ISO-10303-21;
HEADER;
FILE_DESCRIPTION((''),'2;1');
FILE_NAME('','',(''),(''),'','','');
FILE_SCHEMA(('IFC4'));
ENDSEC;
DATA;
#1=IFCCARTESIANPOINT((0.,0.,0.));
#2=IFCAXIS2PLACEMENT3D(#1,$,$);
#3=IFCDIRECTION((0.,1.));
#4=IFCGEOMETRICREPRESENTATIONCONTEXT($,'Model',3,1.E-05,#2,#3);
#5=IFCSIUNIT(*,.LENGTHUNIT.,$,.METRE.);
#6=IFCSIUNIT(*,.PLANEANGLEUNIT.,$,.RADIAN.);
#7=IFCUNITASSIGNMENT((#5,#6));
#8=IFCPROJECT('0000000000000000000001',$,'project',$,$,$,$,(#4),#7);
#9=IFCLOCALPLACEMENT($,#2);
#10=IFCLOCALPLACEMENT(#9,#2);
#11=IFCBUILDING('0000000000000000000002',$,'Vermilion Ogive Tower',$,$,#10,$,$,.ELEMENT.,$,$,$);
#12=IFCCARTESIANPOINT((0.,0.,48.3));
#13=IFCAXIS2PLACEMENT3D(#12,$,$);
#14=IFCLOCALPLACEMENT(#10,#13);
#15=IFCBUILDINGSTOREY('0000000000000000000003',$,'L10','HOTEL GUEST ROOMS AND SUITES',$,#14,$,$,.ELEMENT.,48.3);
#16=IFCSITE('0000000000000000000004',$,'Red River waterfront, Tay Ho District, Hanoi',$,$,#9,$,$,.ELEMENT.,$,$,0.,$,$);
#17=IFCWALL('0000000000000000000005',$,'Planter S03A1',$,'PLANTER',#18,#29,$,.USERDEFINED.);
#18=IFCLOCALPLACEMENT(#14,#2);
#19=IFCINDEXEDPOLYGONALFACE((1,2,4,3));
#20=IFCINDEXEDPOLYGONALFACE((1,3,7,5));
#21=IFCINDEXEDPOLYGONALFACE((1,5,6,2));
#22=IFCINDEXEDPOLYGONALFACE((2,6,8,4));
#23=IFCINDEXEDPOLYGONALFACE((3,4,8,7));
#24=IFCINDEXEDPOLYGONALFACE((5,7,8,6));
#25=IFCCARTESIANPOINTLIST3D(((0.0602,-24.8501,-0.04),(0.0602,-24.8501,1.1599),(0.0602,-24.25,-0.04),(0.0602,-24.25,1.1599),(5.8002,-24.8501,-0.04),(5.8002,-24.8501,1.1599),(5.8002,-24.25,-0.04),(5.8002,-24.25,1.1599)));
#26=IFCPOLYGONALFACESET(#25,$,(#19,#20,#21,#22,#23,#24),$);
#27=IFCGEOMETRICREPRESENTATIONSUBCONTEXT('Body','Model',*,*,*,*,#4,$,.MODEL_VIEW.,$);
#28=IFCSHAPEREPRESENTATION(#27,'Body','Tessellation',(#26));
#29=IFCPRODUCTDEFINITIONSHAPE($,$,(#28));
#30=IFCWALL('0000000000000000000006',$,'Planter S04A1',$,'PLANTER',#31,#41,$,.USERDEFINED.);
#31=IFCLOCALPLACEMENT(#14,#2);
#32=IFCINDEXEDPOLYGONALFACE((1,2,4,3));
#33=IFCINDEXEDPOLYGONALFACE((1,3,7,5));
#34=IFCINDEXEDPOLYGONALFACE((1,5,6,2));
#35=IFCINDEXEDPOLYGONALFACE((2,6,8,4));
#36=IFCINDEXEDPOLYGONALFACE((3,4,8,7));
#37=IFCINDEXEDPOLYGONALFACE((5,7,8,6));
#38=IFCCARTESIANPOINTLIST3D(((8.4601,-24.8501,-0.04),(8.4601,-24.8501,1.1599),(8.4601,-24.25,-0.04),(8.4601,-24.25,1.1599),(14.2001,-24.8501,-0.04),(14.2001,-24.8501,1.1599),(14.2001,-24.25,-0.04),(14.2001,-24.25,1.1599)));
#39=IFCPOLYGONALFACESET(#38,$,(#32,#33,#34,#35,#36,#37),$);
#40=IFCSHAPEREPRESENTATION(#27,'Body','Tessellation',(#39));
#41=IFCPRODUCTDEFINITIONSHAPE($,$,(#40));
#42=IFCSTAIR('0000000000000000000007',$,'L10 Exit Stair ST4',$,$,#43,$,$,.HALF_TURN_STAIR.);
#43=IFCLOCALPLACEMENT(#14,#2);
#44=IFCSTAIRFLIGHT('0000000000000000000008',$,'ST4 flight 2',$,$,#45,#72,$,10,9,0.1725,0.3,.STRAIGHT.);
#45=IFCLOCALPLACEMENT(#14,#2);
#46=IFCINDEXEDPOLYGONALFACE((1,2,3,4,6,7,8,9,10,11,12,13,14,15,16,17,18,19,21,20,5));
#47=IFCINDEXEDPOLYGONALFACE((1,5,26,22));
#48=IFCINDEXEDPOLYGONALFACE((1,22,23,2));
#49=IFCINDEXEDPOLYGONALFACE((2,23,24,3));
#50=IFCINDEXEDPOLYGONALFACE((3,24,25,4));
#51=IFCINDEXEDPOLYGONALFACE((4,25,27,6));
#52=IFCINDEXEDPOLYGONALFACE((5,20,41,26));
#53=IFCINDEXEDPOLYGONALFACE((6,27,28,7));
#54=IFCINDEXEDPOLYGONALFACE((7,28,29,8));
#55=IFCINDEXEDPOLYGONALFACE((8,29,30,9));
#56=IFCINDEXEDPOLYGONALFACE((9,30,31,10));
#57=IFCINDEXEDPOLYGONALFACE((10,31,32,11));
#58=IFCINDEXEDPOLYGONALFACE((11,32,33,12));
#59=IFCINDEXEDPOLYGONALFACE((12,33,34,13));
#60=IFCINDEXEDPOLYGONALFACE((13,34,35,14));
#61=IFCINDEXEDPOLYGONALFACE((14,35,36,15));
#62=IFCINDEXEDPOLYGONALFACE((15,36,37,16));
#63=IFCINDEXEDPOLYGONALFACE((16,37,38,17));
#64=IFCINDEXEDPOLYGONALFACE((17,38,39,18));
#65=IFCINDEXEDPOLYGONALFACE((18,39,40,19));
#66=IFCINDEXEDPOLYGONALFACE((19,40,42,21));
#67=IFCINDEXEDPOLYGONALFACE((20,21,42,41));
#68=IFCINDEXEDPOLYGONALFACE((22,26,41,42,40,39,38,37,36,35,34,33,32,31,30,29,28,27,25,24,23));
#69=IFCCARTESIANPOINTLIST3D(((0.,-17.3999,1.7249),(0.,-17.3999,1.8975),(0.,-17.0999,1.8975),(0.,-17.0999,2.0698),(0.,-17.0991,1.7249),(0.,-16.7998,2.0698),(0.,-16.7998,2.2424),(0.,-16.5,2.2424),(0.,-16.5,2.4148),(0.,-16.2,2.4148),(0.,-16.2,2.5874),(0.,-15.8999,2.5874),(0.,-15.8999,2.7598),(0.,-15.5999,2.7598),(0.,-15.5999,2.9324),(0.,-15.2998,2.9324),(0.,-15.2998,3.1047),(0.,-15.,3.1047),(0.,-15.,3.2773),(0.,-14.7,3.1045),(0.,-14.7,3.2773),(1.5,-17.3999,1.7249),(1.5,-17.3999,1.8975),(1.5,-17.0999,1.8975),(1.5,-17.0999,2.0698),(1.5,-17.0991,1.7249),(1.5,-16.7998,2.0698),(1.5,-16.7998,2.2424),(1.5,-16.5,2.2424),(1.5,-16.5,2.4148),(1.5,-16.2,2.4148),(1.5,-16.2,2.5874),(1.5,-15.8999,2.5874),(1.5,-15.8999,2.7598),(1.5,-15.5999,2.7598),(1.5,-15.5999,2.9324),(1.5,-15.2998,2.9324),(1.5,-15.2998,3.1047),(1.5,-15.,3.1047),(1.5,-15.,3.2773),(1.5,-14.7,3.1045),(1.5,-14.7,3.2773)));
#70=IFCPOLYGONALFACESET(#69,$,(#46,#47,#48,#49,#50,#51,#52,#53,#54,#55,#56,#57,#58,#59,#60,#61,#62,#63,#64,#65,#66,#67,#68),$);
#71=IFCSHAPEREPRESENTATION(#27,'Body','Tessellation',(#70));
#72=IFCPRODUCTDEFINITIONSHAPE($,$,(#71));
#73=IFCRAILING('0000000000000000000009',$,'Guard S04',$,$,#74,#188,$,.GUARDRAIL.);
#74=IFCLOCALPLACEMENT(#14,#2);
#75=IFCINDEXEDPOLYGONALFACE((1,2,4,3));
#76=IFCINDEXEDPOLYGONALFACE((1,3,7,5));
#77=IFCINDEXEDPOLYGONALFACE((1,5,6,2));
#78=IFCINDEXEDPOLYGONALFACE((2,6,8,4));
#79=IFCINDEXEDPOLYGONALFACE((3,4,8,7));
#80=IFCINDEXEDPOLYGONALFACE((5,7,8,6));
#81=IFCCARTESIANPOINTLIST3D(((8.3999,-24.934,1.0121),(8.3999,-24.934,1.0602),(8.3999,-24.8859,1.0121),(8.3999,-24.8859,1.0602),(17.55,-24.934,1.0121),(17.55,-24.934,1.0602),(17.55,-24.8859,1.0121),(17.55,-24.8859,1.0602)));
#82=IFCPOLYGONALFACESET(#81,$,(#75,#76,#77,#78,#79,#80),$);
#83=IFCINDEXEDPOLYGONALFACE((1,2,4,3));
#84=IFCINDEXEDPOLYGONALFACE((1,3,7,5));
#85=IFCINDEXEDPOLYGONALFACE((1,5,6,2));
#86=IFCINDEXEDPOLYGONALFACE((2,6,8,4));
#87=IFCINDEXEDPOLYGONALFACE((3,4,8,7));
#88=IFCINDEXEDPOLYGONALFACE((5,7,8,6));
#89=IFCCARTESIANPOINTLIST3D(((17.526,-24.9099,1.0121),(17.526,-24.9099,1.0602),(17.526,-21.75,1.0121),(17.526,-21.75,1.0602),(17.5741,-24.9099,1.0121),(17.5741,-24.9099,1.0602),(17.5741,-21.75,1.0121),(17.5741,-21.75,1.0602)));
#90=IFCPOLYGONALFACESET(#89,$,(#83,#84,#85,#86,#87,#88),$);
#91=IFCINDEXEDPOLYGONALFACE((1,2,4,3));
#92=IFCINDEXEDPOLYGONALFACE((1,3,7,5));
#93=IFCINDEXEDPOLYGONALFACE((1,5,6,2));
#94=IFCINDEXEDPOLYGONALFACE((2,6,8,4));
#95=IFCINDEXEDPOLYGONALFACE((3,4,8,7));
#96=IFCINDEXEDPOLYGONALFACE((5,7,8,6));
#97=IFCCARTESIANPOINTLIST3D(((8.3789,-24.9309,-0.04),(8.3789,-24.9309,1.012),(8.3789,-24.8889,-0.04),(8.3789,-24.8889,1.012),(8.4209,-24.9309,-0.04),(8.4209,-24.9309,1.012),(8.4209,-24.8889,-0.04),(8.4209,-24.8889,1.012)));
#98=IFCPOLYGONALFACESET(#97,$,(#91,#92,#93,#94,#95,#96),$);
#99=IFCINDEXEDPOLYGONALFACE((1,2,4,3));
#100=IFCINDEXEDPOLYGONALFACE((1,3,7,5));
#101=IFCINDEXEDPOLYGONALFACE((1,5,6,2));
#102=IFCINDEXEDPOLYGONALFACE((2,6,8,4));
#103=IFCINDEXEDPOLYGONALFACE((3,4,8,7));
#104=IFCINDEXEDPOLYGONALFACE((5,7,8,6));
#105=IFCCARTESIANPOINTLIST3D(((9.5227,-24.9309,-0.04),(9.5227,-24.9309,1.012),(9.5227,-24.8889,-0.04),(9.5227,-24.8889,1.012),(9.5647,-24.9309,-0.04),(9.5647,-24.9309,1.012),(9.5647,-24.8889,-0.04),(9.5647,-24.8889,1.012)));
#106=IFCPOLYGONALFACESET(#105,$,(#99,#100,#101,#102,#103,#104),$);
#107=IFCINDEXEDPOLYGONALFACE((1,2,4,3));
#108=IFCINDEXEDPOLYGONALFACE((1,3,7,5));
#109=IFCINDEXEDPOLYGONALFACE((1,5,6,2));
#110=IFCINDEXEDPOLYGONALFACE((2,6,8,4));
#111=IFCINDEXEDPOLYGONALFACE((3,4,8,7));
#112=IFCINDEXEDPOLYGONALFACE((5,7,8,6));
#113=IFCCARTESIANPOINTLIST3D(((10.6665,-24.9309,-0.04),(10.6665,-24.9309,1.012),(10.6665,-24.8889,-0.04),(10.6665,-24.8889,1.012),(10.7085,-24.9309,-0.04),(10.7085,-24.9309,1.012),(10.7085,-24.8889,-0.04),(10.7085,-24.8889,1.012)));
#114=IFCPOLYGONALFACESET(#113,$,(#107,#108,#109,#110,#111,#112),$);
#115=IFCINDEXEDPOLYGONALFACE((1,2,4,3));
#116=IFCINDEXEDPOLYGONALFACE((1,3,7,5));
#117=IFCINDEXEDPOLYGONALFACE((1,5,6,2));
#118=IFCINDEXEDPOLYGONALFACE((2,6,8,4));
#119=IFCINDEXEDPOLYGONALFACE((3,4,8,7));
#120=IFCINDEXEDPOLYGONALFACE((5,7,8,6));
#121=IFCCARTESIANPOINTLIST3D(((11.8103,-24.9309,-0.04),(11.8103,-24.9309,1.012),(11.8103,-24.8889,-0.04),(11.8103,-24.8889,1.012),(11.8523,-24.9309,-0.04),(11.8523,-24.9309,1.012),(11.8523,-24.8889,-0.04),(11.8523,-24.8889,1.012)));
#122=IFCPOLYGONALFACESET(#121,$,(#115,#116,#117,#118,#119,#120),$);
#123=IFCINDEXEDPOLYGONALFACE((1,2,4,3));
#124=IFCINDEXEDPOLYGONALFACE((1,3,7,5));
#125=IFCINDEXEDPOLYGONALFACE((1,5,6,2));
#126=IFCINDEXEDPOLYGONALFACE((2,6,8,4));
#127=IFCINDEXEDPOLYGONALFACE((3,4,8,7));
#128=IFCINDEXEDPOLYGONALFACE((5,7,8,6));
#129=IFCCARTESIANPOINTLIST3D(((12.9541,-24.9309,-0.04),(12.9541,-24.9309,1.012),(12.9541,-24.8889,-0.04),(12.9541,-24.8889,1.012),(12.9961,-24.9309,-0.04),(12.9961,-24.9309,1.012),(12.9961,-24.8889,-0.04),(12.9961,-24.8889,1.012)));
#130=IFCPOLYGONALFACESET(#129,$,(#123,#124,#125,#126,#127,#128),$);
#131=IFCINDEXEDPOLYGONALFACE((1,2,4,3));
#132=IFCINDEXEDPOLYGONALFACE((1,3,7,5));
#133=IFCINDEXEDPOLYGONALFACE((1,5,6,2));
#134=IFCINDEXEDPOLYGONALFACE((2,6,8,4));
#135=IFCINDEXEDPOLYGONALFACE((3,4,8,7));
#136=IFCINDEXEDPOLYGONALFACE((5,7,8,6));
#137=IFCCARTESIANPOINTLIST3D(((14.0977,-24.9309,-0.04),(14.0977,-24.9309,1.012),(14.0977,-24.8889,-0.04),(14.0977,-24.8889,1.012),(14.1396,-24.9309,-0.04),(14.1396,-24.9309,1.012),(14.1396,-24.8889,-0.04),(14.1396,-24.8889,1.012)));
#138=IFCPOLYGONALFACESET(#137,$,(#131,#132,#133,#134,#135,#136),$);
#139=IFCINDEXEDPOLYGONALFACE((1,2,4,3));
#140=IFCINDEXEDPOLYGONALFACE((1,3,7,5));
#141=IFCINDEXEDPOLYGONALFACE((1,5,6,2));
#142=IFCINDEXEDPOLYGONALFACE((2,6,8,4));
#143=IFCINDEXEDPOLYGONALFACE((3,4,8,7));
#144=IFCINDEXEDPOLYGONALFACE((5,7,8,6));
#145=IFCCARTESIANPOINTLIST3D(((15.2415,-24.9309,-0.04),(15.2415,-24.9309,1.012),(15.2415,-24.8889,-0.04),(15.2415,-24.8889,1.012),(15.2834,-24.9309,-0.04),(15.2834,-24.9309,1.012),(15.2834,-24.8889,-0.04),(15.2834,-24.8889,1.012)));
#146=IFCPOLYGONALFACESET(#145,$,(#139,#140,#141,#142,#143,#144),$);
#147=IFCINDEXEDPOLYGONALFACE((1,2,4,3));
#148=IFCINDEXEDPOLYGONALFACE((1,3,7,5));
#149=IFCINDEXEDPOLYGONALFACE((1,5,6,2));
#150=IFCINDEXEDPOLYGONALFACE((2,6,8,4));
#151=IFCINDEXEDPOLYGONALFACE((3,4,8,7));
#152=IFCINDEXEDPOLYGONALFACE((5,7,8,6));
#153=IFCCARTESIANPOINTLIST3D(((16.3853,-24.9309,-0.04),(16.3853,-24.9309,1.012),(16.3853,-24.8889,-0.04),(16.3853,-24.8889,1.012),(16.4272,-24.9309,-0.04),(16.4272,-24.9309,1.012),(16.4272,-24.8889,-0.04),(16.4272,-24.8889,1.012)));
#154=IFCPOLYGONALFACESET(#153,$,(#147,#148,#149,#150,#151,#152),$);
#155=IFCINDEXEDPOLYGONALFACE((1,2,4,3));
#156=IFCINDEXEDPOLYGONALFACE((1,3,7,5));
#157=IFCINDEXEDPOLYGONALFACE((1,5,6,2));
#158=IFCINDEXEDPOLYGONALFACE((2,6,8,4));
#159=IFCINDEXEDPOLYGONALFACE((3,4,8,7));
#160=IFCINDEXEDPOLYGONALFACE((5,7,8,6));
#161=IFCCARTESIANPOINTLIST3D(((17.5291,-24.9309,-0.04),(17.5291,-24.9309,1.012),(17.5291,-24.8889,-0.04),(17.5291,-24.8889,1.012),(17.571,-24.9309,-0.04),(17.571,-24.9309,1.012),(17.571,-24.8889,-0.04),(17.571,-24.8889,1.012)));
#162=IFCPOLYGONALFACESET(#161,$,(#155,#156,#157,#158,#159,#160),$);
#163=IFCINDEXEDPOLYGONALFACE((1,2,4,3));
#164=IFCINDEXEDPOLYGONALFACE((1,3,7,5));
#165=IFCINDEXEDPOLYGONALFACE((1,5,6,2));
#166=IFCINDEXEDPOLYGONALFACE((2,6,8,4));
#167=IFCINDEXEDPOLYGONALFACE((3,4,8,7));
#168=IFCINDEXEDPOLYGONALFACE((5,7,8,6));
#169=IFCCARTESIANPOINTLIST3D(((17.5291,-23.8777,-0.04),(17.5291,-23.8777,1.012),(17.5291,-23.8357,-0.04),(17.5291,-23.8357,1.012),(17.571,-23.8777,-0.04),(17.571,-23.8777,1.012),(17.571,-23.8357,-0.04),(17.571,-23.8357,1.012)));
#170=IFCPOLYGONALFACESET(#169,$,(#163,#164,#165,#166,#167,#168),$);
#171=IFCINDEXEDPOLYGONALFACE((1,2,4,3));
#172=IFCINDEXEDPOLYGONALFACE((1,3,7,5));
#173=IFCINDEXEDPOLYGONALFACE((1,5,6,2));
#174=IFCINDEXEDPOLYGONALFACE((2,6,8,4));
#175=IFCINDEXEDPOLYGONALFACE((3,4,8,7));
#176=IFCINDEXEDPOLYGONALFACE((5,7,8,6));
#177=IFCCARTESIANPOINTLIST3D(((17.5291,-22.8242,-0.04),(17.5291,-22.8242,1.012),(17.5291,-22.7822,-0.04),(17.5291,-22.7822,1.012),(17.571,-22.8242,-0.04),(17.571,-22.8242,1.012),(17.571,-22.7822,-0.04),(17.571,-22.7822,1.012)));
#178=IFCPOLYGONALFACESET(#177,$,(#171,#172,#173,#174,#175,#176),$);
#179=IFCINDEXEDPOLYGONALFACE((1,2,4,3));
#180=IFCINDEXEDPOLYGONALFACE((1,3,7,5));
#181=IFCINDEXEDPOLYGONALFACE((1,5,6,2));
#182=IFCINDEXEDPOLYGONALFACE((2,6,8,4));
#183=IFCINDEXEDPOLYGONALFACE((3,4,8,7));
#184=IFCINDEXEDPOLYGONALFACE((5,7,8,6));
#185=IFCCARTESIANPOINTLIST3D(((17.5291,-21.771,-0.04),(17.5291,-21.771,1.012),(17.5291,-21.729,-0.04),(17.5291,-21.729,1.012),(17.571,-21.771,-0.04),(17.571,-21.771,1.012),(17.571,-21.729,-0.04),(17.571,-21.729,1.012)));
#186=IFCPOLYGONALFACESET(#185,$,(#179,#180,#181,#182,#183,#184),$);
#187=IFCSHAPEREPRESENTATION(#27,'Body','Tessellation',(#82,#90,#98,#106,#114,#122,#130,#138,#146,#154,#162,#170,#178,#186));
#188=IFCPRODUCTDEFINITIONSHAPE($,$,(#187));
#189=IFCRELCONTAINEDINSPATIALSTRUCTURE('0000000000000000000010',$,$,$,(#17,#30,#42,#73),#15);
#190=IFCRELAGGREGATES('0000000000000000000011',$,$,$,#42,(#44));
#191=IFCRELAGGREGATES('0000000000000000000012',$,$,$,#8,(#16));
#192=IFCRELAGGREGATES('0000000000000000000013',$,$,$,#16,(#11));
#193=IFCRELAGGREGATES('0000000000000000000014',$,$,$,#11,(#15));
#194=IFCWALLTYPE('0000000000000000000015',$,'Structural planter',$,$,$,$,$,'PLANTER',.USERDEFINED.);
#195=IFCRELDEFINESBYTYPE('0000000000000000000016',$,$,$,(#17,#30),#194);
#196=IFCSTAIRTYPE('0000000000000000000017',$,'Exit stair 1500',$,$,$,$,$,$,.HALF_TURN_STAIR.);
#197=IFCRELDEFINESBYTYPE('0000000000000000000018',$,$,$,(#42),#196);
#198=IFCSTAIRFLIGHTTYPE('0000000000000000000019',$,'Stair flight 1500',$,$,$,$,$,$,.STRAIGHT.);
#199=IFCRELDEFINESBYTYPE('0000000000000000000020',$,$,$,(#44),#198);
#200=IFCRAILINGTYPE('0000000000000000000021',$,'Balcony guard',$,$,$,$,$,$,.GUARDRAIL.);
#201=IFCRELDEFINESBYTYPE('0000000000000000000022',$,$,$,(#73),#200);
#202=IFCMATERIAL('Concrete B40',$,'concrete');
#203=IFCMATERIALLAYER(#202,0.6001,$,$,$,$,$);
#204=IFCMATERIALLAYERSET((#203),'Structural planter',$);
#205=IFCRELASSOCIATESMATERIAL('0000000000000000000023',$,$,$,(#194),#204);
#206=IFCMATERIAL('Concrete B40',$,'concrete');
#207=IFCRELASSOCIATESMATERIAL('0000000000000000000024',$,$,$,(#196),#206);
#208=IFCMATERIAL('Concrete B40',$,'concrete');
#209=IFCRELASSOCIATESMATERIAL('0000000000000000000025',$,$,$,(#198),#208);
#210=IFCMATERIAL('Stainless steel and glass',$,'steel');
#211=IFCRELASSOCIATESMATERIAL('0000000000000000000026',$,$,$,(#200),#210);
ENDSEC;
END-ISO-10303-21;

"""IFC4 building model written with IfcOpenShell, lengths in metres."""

from ifc_helpers import new_model, si_unit, direction, frame, frame_2d, origin, origin_2d, place, context, subcontext, project, spatial, polyline, rectangle, outline, extrude, material, layer, layer_set, type_object, element, aggregate, save


model = new_model("IFC4")

# Units and contexts
model_context = context("Model", 3, precision=1e-05, world=origin(), true_north=direction((0.0, 1.0)))
body_context = subcontext(model_context, "Body", "Model", "MODEL_VIEW")
ifc_project = project(units=[si_unit("LENGTHUNIT", "METRE"), si_unit("PLANEANGLEUNIT", "RADIAN")], contexts=[model_context])

# Site, building, storey
site_placement = place(None, origin())
site = spatial("IfcSite", under=ifc_project, at=site_placement, Name="Red River waterfront, Tay Ho District, Hanoi", CompositionType="ELEMENT", RefElevation=0.0)
building_placement = place(site_placement, origin())
building = spatial("IfcBuilding", under=site, at=building_placement, Name="Vermilion Ogive Tower", CompositionType="ELEMENT")
storey_placement = place(building_placement, frame((0.0, 0.0, 48.3)))
storey = spatial("IfcBuildingStorey", under=building, at=storey_placement, Name="L10", Description="HOTEL GUEST ROOMS AND SUITES", CompositionType="ELEMENT", Elevation=48.3)

# Walls
ifc_material_1 = material(Name="Concrete B40", Category="concrete")
ifc_layer_1 = layer(ifc_material_1, 0.6001)
ifc_layer_set_1 = layer_set([ifc_layer_1], Name="Structural planter")
wall_type_1 = type_object("IfcWallType", Name="Structural planter", ElementType="PLANTER", PredefinedType="USERDEFINED", material=ifc_layer_set_1)
for number, where, z_axis, x_axis, name in (
    (1, (0.0601, -24.55, -0.04), (0.0, 0.0, 1.0), (1.0, 0.0, 0.0), "Planter S03A1"),
    (2, (8.46, -24.55, -0.04), (0.0, 0.0, 1.0), (1.0, 0.0, 0.0), "Planter S04A1"),
):
    element("IfcWall", number, at=place(storey_placement, frame(where, z_axis=z_axis, x_axis=x_axis)), inside=storey, type_object=wall_type_1, Name=name, ObjectType="PLANTER", PredefinedType="USERDEFINED", context=body_context, shape_type="SweptSolid", body=[
        extrude(rectangle(XDim=5.74, YDim=0.6001, at=frame_2d((2.8701, 0.0))), origin(), (0.0, 0.0, 1.0), 1.2),
    ])

# Stair, stair flight
ifc_material_2 = material(Name="Concrete B40", Category="concrete")
stair_type = type_object("IfcStairType", Name="Exit stair 1500", PredefinedType="HALF_TURN_STAIR", material=ifc_material_2)
stair_placement = place(storey_placement, origin())
stair = element("IfcStair", 3, at=stair_placement, inside=storey, type_object=stair_type, Name="L10 Exit Stair ST4", PredefinedType="HALF_TURN_STAIR")
ifc_material_3 = material(Name="Concrete B40", Category="concrete")
stair_flight_type = type_object("IfcStairFlightType", Name="Stair flight 1500", PredefinedType="STRAIGHT", material=ifc_material_3)
stair_flight_placement = place(storey_placement, frame((0.75, -17.3999, 1.7249), z_axis=(0.0, 0.0, 1.0), x_axis=(0.0, 1.0, 0.0)))
stair_flight = element("IfcStairFlight", 4, at=stair_flight_placement, type_object=stair_flight_type, Name="ST4 flight 2", NumberOfRisers=10, NumberOfTreads=9, PredefinedType="STRAIGHT", RiserHeight=0.1725, TreadLength=0.3, context=body_context, shape_type="SweptSolid", body=[
    extrude(outline(polyline([(0.0, 0.0), (0.0, 0.1726), (0.3, 0.1726), (0.3, 0.345), (0.6001, 0.345), (0.6001, 0.5176), (0.8999, 0.5176), (0.8999, 0.6899), (1.2, 0.6899), (1.2, 0.8625), (1.5, 0.8625), (1.5, 1.0349), (1.8, 1.0349), (1.8, 1.2075), (2.1001, 1.2075), (2.1001, 1.3799), (2.3999, 1.3799), (2.3999, 1.5525), (2.7, 1.5525), (2.7, 1.7251), (2.7, 1.3796), (0.3008, 0.0), (0.0, 0.0)])), frame((0.0, 0.75, 0.0), z_axis=(0.0, -1.0, 0.0), x_axis=(1.0, 0.0, 0.0)), (0.0, 0.0, 1.0), 1.5),
])
aggregate(stair, [stair_flight])

# Railing
ifc_material_4 = material(Name="Stainless steel and glass", Category="steel")
railing_type_1 = type_object("IfcRailingType", Name="Balcony guard", PredefinedType="GUARDRAIL", material=ifc_material_4)
railing_1_placement = place(storey_placement, frame((8.3999, -24.9099, -0.04)))
element("IfcRailing", 5, at=railing_1_placement, inside=storey, type_object=railing_type_1, Name="Guard S04", PredefinedType="GUARDRAIL", context=body_context, shape_type="SweptSolid", body=[
    extrude(rectangle(XDim=0.0481, YDim=0.0481, at=origin_2d()), frame((0.0, 0.0, 1.0762), z_axis=(1.0, 0.0, 0.0), x_axis=(0.0, 1.0, 0.0)), (0.0, 0.0, 1.0), 9.1501),
    extrude(rectangle(XDim=0.0481, YDim=0.0481, at=origin_2d()), frame((9.1501, 0.0, 1.0762), z_axis=(0.0, 1.0, 0.0), x_axis=(-1.0, 0.0, 0.0)), (0.0, 0.0, 1.0), 3.1599),
    extrude(rectangle(XDim=0.042, YDim=0.042, at=origin_2d()), origin(), (0.0, 0.0, 1.0), 1.052),
    extrude(rectangle(XDim=0.042, YDim=0.042, at=origin_2d()), frame((1.1438, 0.0, 0.0)), (0.0, 0.0, 1.0), 1.052),
    extrude(rectangle(XDim=0.042, YDim=0.042, at=origin_2d()), frame((2.2876, 0.0, 0.0)), (0.0, 0.0, 1.0), 1.052),
    extrude(rectangle(XDim=0.042, YDim=0.042, at=origin_2d()), frame((3.4314, 0.0, 0.0)), (0.0, 0.0, 1.0), 1.052),
    extrude(rectangle(XDim=0.042, YDim=0.042, at=origin_2d()), frame((4.5752, 0.0, 0.0)), (0.0, 0.0, 1.0), 1.052),
    extrude(rectangle(XDim=0.042, YDim=0.042, at=origin_2d()), frame((5.7188, 0.0, 0.0)), (0.0, 0.0, 1.0), 1.052),
    extrude(rectangle(XDim=0.042, YDim=0.042, at=origin_2d()), frame((6.8625, 0.0, 0.0)), (0.0, 0.0, 1.0), 1.052),
    extrude(rectangle(XDim=0.042, YDim=0.042, at=origin_2d()), frame((8.0063, 0.0, 0.0)), (0.0, 0.0, 1.0), 1.052),
    extrude(rectangle(XDim=0.042, YDim=0.042, at=origin_2d()), frame((9.1501, 0.0, 0.0)), (0.0, 0.0, 1.0), 1.052),
    extrude(rectangle(XDim=0.042, YDim=0.042, at=origin_2d()), frame((9.1501, 1.0532, 0.0)), (0.0, 0.0, 1.0), 1.052),
    extrude(rectangle(XDim=0.042, YDim=0.042, at=origin_2d()), frame((9.1501, 2.1067, 0.0)), (0.0, 0.0, 1.0), 1.052),
    extrude(rectangle(XDim=0.042, YDim=0.042, at=origin_2d()), frame((9.1501, 3.1599, 0.0)), (0.0, 0.0, 1.0), 1.052),
])

save(model, "model.ifc")
